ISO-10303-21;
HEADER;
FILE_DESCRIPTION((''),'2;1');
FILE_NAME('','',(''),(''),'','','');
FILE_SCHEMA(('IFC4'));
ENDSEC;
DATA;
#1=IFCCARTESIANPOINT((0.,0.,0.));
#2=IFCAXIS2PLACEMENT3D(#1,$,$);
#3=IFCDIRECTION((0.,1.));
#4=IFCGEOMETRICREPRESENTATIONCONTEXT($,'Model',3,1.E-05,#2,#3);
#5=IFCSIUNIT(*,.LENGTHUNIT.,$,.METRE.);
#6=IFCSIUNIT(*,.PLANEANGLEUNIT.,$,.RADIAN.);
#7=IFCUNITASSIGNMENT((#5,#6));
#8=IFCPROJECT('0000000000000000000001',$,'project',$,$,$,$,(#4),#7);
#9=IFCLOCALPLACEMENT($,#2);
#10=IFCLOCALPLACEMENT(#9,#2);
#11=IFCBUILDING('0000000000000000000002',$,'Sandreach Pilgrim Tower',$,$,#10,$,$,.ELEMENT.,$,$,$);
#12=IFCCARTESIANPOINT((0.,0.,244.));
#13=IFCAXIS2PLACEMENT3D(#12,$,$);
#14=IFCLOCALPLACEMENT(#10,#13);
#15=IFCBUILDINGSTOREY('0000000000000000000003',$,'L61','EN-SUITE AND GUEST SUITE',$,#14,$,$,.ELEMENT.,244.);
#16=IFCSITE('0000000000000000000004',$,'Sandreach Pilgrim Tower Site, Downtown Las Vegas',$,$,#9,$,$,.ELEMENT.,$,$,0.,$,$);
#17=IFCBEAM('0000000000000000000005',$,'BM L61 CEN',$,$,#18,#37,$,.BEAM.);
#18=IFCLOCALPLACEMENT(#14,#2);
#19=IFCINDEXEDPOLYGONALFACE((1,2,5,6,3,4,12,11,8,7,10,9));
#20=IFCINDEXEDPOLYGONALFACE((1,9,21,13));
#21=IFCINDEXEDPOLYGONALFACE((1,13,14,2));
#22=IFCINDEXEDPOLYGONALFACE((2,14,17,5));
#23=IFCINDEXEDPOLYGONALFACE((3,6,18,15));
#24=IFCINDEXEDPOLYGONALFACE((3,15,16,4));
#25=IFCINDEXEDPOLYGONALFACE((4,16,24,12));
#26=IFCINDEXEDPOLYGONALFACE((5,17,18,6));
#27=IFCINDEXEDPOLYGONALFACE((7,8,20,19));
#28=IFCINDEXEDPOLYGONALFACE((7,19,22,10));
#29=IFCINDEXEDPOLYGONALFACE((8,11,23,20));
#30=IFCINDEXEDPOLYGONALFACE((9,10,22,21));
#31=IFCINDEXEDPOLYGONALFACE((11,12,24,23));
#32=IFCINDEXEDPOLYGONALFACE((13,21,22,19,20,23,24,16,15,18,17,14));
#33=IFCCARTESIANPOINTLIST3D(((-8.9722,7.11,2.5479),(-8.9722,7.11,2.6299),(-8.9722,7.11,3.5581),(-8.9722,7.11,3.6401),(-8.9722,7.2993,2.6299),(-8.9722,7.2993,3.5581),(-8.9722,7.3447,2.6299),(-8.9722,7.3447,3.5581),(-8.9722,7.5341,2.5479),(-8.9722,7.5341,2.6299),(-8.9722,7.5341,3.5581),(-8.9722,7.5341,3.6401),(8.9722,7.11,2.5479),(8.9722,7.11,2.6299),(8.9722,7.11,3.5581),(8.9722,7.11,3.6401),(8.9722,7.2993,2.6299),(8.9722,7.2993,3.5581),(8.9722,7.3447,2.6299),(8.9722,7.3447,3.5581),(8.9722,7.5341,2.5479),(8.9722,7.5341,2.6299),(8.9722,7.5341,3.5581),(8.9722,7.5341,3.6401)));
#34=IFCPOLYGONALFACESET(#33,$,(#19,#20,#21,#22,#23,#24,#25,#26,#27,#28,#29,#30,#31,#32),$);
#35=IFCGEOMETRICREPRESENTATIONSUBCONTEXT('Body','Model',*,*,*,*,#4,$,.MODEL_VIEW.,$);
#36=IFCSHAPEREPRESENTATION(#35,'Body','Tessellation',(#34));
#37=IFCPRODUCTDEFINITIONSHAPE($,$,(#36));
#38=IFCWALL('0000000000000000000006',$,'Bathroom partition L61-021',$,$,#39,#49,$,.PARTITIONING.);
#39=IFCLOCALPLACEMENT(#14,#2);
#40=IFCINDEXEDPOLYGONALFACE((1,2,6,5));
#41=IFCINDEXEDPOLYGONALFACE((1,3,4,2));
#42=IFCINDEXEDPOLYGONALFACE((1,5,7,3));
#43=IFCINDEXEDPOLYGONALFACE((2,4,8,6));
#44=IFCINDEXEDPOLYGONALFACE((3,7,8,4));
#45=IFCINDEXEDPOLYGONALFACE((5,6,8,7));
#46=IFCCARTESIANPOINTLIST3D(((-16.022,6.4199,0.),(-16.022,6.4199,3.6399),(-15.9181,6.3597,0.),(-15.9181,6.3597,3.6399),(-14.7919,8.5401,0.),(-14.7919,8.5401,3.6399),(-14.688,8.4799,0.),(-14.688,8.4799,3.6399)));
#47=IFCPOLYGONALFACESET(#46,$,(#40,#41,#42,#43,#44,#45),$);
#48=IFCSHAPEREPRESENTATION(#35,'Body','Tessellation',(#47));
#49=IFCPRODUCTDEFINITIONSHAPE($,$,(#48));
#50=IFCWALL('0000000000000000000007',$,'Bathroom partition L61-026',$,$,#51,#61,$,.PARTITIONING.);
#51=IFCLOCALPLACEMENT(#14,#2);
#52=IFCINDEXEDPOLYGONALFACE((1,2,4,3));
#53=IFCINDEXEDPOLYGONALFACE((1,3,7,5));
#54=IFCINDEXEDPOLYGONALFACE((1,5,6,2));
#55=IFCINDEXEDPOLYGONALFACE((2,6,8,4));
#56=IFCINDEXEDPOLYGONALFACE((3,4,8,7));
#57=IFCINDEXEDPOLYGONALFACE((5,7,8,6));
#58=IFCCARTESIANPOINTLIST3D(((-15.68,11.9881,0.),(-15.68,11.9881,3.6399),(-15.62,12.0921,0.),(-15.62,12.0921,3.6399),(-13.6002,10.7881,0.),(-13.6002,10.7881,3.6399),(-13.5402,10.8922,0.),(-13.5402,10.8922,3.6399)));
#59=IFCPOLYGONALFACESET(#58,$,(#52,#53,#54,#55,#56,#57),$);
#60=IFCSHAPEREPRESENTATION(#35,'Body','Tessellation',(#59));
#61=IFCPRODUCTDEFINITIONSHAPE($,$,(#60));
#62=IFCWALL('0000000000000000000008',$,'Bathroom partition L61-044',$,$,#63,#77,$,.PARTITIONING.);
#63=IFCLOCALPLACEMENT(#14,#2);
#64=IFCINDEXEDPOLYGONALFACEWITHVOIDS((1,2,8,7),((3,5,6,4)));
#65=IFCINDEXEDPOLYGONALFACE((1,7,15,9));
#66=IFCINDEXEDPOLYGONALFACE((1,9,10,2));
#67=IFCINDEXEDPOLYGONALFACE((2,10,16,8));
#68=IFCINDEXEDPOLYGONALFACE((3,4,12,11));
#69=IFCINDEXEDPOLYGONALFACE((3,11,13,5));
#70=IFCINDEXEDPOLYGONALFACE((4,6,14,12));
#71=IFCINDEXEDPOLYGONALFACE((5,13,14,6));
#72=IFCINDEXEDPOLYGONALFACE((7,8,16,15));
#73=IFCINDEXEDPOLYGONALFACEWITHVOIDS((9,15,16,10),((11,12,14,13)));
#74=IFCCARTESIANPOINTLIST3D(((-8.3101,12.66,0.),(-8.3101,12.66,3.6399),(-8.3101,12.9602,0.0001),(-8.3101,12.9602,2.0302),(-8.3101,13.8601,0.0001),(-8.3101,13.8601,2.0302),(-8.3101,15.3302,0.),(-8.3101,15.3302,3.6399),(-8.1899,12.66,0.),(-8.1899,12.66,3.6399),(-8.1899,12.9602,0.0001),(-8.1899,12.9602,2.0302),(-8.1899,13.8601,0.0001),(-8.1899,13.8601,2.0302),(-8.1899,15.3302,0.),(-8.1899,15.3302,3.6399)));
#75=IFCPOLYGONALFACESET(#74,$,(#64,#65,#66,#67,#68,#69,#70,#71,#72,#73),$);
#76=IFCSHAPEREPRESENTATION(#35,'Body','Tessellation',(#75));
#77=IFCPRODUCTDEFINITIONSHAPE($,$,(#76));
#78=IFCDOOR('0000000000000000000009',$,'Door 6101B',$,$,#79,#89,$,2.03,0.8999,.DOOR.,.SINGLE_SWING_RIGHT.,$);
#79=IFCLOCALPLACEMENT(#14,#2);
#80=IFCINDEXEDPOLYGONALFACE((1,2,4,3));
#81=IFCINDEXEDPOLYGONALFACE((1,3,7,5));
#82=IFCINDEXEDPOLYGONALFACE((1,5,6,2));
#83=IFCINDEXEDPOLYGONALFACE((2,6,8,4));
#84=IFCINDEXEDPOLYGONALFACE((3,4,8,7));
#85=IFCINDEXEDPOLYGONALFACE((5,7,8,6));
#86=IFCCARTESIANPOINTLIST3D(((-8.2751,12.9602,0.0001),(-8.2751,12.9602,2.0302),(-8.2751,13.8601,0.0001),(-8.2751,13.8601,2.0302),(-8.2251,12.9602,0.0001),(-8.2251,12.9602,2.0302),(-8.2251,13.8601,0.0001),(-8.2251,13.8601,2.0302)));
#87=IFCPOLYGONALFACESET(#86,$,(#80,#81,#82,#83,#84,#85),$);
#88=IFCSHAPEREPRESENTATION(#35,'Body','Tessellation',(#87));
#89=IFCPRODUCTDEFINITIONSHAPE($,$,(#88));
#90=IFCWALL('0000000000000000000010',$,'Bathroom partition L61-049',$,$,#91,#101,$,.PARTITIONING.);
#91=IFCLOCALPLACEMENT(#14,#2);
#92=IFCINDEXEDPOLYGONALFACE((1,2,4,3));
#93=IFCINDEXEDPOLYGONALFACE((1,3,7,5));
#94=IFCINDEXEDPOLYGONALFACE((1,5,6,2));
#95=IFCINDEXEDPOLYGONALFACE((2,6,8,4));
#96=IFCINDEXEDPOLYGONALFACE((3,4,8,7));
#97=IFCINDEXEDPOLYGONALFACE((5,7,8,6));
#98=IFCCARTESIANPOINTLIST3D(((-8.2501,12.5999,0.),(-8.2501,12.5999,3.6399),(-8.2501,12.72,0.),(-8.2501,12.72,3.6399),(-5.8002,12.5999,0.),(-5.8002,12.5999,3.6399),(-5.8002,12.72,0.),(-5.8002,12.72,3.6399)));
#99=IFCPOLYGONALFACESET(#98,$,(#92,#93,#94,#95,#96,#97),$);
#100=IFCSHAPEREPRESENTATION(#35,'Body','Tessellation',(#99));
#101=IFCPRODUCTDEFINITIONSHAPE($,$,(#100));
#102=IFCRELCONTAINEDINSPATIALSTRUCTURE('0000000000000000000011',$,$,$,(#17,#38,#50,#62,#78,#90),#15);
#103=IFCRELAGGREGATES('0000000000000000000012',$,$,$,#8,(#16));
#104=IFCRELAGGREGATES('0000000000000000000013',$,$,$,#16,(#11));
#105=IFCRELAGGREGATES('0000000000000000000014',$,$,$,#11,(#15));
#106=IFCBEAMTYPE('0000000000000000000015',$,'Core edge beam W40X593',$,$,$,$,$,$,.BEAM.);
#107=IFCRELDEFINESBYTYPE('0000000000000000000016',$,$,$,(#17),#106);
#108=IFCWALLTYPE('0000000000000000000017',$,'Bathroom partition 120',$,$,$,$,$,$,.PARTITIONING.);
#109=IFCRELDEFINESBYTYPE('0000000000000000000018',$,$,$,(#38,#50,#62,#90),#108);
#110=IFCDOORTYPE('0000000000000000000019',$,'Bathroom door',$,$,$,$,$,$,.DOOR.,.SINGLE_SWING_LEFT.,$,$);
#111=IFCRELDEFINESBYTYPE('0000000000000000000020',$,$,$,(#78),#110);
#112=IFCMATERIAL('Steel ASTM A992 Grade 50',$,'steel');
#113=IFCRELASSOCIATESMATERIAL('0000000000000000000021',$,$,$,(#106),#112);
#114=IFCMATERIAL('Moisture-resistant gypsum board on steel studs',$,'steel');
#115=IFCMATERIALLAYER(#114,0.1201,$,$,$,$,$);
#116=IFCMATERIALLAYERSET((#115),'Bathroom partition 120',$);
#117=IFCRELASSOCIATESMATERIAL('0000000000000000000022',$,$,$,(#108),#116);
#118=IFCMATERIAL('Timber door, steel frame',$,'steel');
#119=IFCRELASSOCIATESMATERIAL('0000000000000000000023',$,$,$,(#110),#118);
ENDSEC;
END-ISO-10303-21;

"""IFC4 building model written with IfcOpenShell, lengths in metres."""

from ifc_helpers import new_model, si_unit, direction, frame, frame_2d, origin, origin_2d, place, context, subcontext, project, spatial, rectangle, i_section, extrude, material, layer, layer_set, material_profile, profile_set, type_object, element, fill, save


model = new_model("IFC4")

# Units and contexts
model_context = context("Model", 3, precision=1e-05, world=origin(), true_north=direction((0.0, 1.0)))
body_context = subcontext(model_context, "Body", "Model", "MODEL_VIEW")
ifc_project = project(units=[si_unit("LENGTHUNIT", "METRE"), si_unit("PLANEANGLEUNIT", "RADIAN")], contexts=[model_context])

# Site, building, storey
site_placement = place(None, origin())
site = spatial("IfcSite", under=ifc_project, at=site_placement, Name="Sandreach Pilgrim Tower Site, Downtown Las Vegas", CompositionType="ELEMENT", RefElevation=0.0)
building_placement = place(site_placement, origin())
building = spatial("IfcBuilding", under=site, at=building_placement, Name="Sandreach Pilgrim Tower", CompositionType="ELEMENT")
storey_placement = place(building_placement, frame((0.0, 0.0, 244.0)))
storey = spatial("IfcBuildingStorey", under=building, at=storey_placement, Name="L61", Description="EN-SUITE AND GUEST SUITE", CompositionType="ELEMENT", Elevation=244.0)

# Beam
ifc_material_1 = material(Name="Steel ASTM A992 Grade 50", Category="steel")
ifc_material_profile = material_profile(ifc_material_1, i_section(OverallWidth=0.4241, OverallDepth=1.0923, WebThickness=0.0454, FlangeThickness=0.082, at=origin_2d()), Name="W40X593")
ifc_profile_set = profile_set([ifc_material_profile], Name="Steel ASTM A992 Grade 50")
beam_type = type_object("IfcBeamType", Name="Core edge beam W40X593", PredefinedType="BEAM", material=ifc_profile_set)
beam_placement = place(storey_placement, frame((-8.9722, 7.322, 3.094), z_axis=(1.0, 0.0, 0.0), x_axis=(0.0, 1.0, 0.0)))
element("IfcBeam", 1, at=beam_placement, inside=storey, type_object=beam_type, Name="BM L61 CEN", PredefinedType="BEAM", context=body_context, shape_type="SweptSolid", body=[
    extrude(i_section(OverallWidth=0.4241, OverallDepth=1.0923, WebThickness=0.0454, FlangeThickness=0.082, at=origin_2d()), origin(), (0.0, 0.0, 1.0), 17.9443),
])

# Walls
ifc_material_2 = material(Name="Moisture-resistant gypsum board on steel studs", Category="steel")
ifc_layer_1 = layer(ifc_material_2, 0.1201)
ifc_layer_set_1 = layer_set([ifc_layer_1], Name="Bathroom partition 120")
wall_type_1 = type_object("IfcWallType", Name="Bathroom partition 120", PredefinedType="PARTITIONING", material=ifc_layer_set_1)
wall_1_placement = place(storey_placement, frame((-14.74, 8.51, 0.0), z_axis=(0.0, 0.0, 1.0), x_axis=(-0.501813, -0.864976, 0.0)))
element("IfcWall", 2, at=wall_1_placement, inside=storey, type_object=wall_type_1, Name="Bathroom partition L61-021", PredefinedType="PARTITIONING", context=body_context, shape_type="SweptSolid", body=[
    extrude(rectangle(XDim=2.4512, YDim=0.1201, at=frame_2d((1.2256, 0.0))), origin(), (0.0, 0.0, 1.0), 3.6399),
])
wall_2_placement = place(storey_placement, frame((-13.5701, 10.8401, 0.0), z_axis=(0.0, 0.0, 1.0), x_axis=(-0.866177, 0.499737, 0.0)))
element("IfcWall", 3, at=wall_2_placement, inside=storey, type_object=wall_type_1, Name="Bathroom partition L61-026", PredefinedType="PARTITIONING", context=body_context, shape_type="SweptSolid", body=[
    extrude(rectangle(XDim=2.4011, YDim=0.1201, at=frame_2d((1.2007, 0.0))), origin(), (0.0, 0.0, 1.0), 3.6399),
])

# Wall, opening, door
wall_3_placement = place(storey_placement, frame((-8.25, 15.3301, 0.0), z_axis=(0.0, 0.0, 1.0), x_axis=(0.0, -1.0, 0.0)))
wall_3 = element("IfcWall", 4, at=wall_3_placement, inside=storey, type_object=wall_type_1, Name="Bathroom partition L61-044", PredefinedType="PARTITIONING", context=body_context, shape_type="SweptSolid", body=[
    extrude(rectangle(XDim=2.6702, YDim=0.1201, at=frame_2d((1.335, 0.0))), origin(), (0.0, 0.0, 1.0), 3.6399),
])
opening_1_placement = place(wall_3_placement, frame((1.47, 0.0, 0.0)))
opening_1 = element("IfcOpeningElement", 5, at=opening_1_placement, cuts=wall_3, PredefinedType="OPENING", context=body_context, shape_type="SweptSolid", body=[
    extrude(rectangle(XDim=0.8999, YDim=2.03, at=frame_2d((0.45, 1.0151))), frame((0.0, 0.0601, 0.0), z_axis=(0.0, -1.0, 0.0), x_axis=(1.0, 0.0, 0.0)), (0.0, 0.0, 1.0), 0.1201),
])
ifc_material_3 = material(Name="Timber door, steel frame", Category="steel")
door_type_1 = type_object("IfcDoorType", Name="Bathroom door", OperationType="SINGLE_SWING_LEFT", PredefinedType="DOOR", material=ifc_material_3)
door_1_placement = place(opening_1_placement, origin())
door_1 = element("IfcDoor", 6, at=door_1_placement, inside=storey, type_object=door_type_1, Name="Door 6101B", OperationType="SINGLE_SWING_RIGHT", OverallHeight=2.03, OverallWidth=0.8999, PredefinedType="DOOR", context=body_context, shape_type="SweptSolid", body=[
    extrude(rectangle(XDim=0.8999, YDim=2.03, at=frame_2d((0.45, 1.0151))), frame((0.0, 0.0249, 0.0), z_axis=(0.0, -1.0, 0.0), x_axis=(1.0, 0.0, 0.0)), (0.0, 0.0, 1.0), 0.05),
])
fill(opening_1, door_1)

# Wall
wall_4_placement = place(storey_placement, frame((-5.8, 12.6599, 0.0), z_axis=(0.0, 0.0, 1.0), x_axis=(-1.0, 0.0, 0.0)))
element("IfcWall", 7, at=wall_4_placement, inside=storey, type_object=wall_type_1, Name="Bathroom partition L61-049", PredefinedType="PARTITIONING", context=body_context, shape_type="SweptSolid", body=[
    extrude(rectangle(XDim=2.45, YDim=0.1201, at=frame_2d((1.2251, 0.0))), origin(), (0.0, 0.0, 1.0), 3.6399),
])

save(model, "model.ifc")
